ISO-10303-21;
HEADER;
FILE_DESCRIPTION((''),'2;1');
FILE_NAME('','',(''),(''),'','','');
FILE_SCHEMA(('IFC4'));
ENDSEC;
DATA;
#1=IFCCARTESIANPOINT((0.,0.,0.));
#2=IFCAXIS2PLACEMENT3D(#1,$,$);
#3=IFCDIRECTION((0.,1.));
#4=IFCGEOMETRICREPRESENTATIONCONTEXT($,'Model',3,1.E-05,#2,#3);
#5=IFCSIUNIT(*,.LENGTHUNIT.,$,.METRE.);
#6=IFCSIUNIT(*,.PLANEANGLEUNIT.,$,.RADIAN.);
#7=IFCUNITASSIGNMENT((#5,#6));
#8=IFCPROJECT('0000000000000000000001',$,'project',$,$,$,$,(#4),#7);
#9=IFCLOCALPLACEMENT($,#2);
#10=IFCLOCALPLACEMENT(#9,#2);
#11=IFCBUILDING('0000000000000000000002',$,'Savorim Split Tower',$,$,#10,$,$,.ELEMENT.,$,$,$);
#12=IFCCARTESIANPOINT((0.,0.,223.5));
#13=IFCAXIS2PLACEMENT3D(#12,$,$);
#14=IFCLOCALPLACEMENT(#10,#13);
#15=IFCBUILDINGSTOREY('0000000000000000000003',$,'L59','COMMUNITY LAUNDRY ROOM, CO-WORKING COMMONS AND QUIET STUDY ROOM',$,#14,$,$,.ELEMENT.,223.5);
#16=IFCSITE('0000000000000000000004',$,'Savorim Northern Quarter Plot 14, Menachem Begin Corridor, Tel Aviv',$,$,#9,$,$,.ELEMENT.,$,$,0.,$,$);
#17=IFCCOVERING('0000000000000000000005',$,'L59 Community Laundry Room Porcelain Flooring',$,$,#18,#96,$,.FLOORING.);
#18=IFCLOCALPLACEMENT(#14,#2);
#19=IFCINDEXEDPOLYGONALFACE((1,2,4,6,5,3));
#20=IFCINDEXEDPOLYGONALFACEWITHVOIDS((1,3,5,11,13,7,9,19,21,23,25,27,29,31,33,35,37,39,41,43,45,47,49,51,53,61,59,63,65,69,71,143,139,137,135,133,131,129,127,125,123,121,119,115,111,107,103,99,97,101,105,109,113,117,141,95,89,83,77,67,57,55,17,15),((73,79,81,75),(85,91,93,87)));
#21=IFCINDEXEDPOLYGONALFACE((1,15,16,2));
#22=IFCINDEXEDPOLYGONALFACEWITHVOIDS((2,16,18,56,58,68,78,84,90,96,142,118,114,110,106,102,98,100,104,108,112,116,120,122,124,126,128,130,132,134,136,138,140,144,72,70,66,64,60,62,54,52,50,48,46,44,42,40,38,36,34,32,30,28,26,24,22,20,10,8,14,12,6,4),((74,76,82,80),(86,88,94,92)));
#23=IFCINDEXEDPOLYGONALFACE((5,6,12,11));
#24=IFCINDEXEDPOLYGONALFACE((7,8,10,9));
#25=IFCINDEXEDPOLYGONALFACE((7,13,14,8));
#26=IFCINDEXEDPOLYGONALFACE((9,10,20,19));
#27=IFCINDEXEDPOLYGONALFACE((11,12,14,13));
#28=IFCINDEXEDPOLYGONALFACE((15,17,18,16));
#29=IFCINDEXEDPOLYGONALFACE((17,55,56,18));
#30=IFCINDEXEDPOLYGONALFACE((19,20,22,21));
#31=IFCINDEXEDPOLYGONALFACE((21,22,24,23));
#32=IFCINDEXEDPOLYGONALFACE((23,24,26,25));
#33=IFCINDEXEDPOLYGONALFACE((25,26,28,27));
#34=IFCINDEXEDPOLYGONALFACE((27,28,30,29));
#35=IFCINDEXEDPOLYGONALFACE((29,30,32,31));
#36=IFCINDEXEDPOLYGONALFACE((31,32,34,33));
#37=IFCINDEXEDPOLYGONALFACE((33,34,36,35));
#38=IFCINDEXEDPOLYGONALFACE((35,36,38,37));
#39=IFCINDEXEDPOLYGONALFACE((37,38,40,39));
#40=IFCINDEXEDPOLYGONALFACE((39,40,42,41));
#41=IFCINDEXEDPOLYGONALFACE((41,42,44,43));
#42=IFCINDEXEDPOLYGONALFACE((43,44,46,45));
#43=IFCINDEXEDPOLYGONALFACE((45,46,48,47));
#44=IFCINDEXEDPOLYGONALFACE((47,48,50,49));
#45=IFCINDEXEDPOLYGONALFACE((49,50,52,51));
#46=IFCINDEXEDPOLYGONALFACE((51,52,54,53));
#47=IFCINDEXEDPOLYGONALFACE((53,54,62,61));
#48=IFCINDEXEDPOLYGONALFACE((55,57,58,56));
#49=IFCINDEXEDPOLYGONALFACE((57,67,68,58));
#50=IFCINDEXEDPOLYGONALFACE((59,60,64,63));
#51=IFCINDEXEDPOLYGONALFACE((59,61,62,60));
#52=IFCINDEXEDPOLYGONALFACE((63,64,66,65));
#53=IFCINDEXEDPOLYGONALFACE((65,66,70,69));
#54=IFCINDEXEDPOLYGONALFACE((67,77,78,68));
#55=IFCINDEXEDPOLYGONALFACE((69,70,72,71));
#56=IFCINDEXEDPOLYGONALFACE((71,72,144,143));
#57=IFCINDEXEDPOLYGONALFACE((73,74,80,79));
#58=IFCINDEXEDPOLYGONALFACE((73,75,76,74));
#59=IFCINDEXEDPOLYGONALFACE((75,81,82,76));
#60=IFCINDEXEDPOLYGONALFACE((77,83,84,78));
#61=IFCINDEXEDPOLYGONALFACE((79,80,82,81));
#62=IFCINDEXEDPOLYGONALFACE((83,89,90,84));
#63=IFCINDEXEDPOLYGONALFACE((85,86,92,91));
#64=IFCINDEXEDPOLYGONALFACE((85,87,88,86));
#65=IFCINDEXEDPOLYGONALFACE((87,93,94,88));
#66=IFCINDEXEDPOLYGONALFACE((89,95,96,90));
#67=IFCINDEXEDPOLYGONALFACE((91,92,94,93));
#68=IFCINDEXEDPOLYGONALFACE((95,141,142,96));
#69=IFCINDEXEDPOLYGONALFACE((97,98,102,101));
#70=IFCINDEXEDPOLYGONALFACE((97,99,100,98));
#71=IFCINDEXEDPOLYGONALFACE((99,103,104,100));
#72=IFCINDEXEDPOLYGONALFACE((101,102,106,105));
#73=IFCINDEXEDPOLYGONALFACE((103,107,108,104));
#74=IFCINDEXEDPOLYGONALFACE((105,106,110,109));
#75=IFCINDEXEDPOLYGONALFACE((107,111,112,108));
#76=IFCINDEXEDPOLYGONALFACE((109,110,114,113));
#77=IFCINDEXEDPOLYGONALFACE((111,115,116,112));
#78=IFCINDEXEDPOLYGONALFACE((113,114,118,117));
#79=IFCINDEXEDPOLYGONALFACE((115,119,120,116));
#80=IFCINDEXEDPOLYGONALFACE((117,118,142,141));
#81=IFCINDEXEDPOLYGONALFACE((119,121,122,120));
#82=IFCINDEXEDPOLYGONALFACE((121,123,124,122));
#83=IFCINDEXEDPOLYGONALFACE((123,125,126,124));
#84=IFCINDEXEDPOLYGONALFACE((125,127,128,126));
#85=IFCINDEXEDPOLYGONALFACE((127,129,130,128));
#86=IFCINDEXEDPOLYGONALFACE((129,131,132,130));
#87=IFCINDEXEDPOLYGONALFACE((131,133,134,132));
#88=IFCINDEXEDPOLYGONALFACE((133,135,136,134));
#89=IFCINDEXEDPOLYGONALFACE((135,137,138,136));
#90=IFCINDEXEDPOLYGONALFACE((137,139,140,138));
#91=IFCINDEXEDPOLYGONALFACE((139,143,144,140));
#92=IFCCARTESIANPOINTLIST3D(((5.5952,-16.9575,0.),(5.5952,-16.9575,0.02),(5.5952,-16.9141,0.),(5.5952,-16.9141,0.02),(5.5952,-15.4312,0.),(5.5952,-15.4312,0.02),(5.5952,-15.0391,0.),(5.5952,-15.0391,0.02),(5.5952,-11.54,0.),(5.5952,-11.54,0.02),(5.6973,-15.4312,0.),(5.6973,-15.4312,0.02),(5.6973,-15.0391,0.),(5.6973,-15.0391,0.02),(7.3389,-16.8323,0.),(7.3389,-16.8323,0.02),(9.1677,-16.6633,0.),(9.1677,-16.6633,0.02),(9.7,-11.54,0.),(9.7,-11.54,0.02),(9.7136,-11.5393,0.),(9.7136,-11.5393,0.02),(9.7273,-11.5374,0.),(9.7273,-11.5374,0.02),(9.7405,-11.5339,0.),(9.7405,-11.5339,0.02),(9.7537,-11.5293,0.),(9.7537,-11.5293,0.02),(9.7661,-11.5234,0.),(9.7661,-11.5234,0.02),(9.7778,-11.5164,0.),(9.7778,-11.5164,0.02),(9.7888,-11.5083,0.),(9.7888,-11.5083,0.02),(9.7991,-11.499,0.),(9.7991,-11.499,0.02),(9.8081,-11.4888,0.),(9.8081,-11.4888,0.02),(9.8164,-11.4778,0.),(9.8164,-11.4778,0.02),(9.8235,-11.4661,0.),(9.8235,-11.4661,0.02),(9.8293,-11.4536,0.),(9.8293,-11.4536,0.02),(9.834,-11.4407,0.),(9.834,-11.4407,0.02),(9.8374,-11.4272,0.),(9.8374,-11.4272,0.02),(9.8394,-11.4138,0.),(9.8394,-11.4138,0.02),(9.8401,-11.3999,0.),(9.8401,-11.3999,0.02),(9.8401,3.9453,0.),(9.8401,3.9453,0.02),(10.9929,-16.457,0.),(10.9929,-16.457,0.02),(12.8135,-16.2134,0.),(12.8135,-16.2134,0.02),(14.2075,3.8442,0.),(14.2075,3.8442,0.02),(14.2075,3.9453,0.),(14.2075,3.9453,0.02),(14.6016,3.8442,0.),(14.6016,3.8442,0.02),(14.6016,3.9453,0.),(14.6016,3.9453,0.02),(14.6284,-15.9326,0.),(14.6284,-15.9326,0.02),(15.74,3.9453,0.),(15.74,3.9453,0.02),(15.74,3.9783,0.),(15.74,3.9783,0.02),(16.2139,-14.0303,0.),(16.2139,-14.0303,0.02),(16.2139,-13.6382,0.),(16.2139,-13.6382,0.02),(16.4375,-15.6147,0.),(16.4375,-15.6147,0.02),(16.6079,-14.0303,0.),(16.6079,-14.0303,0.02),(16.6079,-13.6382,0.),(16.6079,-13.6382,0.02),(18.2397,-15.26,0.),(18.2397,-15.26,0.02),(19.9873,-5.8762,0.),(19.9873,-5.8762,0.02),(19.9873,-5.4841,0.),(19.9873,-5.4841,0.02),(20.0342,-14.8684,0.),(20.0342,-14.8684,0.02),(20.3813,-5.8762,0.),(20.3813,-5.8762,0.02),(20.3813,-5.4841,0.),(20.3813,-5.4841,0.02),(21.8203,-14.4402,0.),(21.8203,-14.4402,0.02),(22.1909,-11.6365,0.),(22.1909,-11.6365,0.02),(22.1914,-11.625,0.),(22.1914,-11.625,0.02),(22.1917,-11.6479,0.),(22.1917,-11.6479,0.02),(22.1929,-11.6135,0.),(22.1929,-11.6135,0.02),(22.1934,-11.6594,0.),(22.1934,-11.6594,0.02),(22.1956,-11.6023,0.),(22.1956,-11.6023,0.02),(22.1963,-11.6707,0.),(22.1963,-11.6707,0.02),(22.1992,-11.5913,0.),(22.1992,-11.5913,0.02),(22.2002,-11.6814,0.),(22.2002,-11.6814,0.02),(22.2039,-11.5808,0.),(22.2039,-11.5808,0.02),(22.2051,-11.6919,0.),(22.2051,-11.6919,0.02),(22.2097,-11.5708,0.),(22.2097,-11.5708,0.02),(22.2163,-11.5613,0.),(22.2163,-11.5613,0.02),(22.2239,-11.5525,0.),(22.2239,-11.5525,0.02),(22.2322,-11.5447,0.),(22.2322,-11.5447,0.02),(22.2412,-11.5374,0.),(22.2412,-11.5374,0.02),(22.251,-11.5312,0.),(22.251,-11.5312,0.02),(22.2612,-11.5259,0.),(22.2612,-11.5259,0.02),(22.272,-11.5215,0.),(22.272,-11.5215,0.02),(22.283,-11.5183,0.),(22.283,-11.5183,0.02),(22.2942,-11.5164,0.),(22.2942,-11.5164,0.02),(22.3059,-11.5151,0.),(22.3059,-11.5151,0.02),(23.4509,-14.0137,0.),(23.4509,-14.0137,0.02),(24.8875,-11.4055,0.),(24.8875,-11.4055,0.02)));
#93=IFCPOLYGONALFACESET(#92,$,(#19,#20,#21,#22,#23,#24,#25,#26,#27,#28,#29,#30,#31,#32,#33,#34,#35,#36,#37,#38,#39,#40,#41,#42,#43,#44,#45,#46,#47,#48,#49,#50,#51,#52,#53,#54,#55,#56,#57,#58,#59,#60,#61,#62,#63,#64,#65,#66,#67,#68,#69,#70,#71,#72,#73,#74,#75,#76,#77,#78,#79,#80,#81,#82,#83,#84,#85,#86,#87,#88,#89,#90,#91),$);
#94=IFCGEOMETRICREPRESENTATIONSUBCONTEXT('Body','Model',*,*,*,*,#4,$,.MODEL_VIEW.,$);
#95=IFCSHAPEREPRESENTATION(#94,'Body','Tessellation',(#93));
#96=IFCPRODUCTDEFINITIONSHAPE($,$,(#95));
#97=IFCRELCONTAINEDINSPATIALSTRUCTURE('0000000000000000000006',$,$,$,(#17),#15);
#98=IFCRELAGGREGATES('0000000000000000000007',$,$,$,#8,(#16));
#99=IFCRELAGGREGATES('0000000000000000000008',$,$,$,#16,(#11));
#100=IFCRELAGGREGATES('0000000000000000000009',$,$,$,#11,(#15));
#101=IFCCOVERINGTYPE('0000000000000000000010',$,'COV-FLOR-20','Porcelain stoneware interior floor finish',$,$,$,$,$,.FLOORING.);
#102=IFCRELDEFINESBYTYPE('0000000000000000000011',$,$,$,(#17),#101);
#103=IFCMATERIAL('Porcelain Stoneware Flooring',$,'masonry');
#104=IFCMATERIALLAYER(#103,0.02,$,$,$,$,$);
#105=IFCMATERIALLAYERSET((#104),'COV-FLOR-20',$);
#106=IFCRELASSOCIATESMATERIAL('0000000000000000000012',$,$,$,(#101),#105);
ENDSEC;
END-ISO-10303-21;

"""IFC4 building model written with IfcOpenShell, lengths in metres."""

from ifc_helpers import new_model, si_unit, direction, frame, origin, place, context, subcontext, project, spatial, polyline, outline, extrude, material, layer, layer_set, type_object, element, save


model = new_model("IFC4")

# Units and contexts
model_context = context("Model", 3, precision=1e-05, world=origin(), true_north=direction((0.0, 1.0)))
body_context = subcontext(model_context, "Body", "Model", "MODEL_VIEW")
ifc_project = project(units=[si_unit("LENGTHUNIT", "METRE"), si_unit("PLANEANGLEUNIT", "RADIAN")], contexts=[model_context])

# Site, building, storey
site_placement = place(None, origin())
site = spatial("IfcSite", under=ifc_project, at=site_placement, Name="Savorim Northern Quarter Plot 14, Menachem Begin Corridor, Tel Aviv", CompositionType="ELEMENT", RefElevation=0.0)
building_placement = place(site_placement, origin())
building = spatial("IfcBuilding", under=site, at=building_placement, Name="Savorim Split Tower", CompositionType="ELEMENT")
storey_placement = place(building_placement, frame((0.0, 0.0, 223.5)))
storey = spatial("IfcBuildingStorey", under=building, at=storey_placement, Name="L59", Description="COMMUNITY LAUNDRY ROOM, CO-WORKING COMMONS AND QUIET STUDY ROOM", CompositionType="ELEMENT", Elevation=223.5)

# Covering
ifc_material_1 = material(Name="Porcelain Stoneware Flooring", Category="masonry")
ifc_layer_1 = layer(ifc_material_1, 0.02)
ifc_layer_set_1 = layer_set([ifc_layer_1], Name="COV-FLOR-20")
covering_type_1 = type_object("IfcCoveringType", Name="COV-FLOR-20", Description="Porcelain stoneware interior floor finish", PredefinedType="FLOORING", material=ifc_layer_set_1)
covering_1_placement = place(storey_placement, origin())
element("IfcCovering", 1, at=covering_1_placement, inside=storey, type_object=covering_type_1, Name="L59 Community Laundry Room Porcelain Flooring", PredefinedType="FLOORING", context=body_context, shape_type="SweptSolid", body=[
    extrude(outline(polyline([(22.283, -11.5183), (22.2942, -11.5164), (22.3059, -11.5151), (24.8875, -11.4055), (15.74, 3.9783), (15.74, 3.9453), (14.6016, 3.9453), (14.6016, 3.8442), (14.2075, 3.8442), (14.2075, 3.9453), (9.8401, 3.9453), (9.8401, -11.3999), (9.8394, -11.4138), (9.8374, -11.4272), (9.834, -11.4407), (9.8293, -11.4536), (9.8235, -11.4661), (9.8164, -11.4778), (9.8081, -11.4888), (9.7991, -11.499), (9.7888, -11.5083), (9.7778, -11.5164), (9.7661, -11.5234), (9.7537, -11.5293), (9.7405, -11.5339), (9.7273, -11.5374), (9.7136, -11.5393), (9.7, -11.54), (5.5952, -11.54), (5.5952, -15.0391), (5.6973, -15.0391), (5.6973, -15.4312), (5.5952, -15.4312), (5.5952, -16.9141), (5.5952, -16.9575), (7.3389, -16.8323), (9.1677, -16.6633), (10.9929, -16.457), (12.8135, -16.2134), (14.6284, -15.9326), (16.4375, -15.6147), (18.2397, -15.26), (20.0342, -14.8684), (21.8203, -14.4402), (23.4509, -14.0137), (22.2051, -11.6919), (22.2002, -11.6814), (22.1963, -11.6707), (22.1934, -11.6594), (22.1917, -11.6479), (22.1909, -11.6365), (22.1914, -11.625), (22.1929, -11.6135), (22.1956, -11.6023), (22.1992, -11.5913), (22.2039, -11.5808), (22.2097, -11.5708), (22.2163, -11.5613), (22.2239, -11.5525), (22.2322, -11.5447), (22.2412, -11.5374), (22.251, -11.5312), (22.2612, -11.5259), (22.272, -11.5215), (22.283, -11.5183)]), holes=[polyline([(16.6079, -14.0303), (16.6079, -13.6382), (16.2139, -13.6382), (16.2139, -14.0303), (16.6079, -14.0303)]), polyline([(20.3813, -5.8762), (20.3813, -5.4841), (19.9873, -5.4841), (19.9873, -5.8762), (20.3813, -5.8762)])]), origin(), (0.0, 0.0, 1.0), 0.02),
])

save(model, "model.ifc")
